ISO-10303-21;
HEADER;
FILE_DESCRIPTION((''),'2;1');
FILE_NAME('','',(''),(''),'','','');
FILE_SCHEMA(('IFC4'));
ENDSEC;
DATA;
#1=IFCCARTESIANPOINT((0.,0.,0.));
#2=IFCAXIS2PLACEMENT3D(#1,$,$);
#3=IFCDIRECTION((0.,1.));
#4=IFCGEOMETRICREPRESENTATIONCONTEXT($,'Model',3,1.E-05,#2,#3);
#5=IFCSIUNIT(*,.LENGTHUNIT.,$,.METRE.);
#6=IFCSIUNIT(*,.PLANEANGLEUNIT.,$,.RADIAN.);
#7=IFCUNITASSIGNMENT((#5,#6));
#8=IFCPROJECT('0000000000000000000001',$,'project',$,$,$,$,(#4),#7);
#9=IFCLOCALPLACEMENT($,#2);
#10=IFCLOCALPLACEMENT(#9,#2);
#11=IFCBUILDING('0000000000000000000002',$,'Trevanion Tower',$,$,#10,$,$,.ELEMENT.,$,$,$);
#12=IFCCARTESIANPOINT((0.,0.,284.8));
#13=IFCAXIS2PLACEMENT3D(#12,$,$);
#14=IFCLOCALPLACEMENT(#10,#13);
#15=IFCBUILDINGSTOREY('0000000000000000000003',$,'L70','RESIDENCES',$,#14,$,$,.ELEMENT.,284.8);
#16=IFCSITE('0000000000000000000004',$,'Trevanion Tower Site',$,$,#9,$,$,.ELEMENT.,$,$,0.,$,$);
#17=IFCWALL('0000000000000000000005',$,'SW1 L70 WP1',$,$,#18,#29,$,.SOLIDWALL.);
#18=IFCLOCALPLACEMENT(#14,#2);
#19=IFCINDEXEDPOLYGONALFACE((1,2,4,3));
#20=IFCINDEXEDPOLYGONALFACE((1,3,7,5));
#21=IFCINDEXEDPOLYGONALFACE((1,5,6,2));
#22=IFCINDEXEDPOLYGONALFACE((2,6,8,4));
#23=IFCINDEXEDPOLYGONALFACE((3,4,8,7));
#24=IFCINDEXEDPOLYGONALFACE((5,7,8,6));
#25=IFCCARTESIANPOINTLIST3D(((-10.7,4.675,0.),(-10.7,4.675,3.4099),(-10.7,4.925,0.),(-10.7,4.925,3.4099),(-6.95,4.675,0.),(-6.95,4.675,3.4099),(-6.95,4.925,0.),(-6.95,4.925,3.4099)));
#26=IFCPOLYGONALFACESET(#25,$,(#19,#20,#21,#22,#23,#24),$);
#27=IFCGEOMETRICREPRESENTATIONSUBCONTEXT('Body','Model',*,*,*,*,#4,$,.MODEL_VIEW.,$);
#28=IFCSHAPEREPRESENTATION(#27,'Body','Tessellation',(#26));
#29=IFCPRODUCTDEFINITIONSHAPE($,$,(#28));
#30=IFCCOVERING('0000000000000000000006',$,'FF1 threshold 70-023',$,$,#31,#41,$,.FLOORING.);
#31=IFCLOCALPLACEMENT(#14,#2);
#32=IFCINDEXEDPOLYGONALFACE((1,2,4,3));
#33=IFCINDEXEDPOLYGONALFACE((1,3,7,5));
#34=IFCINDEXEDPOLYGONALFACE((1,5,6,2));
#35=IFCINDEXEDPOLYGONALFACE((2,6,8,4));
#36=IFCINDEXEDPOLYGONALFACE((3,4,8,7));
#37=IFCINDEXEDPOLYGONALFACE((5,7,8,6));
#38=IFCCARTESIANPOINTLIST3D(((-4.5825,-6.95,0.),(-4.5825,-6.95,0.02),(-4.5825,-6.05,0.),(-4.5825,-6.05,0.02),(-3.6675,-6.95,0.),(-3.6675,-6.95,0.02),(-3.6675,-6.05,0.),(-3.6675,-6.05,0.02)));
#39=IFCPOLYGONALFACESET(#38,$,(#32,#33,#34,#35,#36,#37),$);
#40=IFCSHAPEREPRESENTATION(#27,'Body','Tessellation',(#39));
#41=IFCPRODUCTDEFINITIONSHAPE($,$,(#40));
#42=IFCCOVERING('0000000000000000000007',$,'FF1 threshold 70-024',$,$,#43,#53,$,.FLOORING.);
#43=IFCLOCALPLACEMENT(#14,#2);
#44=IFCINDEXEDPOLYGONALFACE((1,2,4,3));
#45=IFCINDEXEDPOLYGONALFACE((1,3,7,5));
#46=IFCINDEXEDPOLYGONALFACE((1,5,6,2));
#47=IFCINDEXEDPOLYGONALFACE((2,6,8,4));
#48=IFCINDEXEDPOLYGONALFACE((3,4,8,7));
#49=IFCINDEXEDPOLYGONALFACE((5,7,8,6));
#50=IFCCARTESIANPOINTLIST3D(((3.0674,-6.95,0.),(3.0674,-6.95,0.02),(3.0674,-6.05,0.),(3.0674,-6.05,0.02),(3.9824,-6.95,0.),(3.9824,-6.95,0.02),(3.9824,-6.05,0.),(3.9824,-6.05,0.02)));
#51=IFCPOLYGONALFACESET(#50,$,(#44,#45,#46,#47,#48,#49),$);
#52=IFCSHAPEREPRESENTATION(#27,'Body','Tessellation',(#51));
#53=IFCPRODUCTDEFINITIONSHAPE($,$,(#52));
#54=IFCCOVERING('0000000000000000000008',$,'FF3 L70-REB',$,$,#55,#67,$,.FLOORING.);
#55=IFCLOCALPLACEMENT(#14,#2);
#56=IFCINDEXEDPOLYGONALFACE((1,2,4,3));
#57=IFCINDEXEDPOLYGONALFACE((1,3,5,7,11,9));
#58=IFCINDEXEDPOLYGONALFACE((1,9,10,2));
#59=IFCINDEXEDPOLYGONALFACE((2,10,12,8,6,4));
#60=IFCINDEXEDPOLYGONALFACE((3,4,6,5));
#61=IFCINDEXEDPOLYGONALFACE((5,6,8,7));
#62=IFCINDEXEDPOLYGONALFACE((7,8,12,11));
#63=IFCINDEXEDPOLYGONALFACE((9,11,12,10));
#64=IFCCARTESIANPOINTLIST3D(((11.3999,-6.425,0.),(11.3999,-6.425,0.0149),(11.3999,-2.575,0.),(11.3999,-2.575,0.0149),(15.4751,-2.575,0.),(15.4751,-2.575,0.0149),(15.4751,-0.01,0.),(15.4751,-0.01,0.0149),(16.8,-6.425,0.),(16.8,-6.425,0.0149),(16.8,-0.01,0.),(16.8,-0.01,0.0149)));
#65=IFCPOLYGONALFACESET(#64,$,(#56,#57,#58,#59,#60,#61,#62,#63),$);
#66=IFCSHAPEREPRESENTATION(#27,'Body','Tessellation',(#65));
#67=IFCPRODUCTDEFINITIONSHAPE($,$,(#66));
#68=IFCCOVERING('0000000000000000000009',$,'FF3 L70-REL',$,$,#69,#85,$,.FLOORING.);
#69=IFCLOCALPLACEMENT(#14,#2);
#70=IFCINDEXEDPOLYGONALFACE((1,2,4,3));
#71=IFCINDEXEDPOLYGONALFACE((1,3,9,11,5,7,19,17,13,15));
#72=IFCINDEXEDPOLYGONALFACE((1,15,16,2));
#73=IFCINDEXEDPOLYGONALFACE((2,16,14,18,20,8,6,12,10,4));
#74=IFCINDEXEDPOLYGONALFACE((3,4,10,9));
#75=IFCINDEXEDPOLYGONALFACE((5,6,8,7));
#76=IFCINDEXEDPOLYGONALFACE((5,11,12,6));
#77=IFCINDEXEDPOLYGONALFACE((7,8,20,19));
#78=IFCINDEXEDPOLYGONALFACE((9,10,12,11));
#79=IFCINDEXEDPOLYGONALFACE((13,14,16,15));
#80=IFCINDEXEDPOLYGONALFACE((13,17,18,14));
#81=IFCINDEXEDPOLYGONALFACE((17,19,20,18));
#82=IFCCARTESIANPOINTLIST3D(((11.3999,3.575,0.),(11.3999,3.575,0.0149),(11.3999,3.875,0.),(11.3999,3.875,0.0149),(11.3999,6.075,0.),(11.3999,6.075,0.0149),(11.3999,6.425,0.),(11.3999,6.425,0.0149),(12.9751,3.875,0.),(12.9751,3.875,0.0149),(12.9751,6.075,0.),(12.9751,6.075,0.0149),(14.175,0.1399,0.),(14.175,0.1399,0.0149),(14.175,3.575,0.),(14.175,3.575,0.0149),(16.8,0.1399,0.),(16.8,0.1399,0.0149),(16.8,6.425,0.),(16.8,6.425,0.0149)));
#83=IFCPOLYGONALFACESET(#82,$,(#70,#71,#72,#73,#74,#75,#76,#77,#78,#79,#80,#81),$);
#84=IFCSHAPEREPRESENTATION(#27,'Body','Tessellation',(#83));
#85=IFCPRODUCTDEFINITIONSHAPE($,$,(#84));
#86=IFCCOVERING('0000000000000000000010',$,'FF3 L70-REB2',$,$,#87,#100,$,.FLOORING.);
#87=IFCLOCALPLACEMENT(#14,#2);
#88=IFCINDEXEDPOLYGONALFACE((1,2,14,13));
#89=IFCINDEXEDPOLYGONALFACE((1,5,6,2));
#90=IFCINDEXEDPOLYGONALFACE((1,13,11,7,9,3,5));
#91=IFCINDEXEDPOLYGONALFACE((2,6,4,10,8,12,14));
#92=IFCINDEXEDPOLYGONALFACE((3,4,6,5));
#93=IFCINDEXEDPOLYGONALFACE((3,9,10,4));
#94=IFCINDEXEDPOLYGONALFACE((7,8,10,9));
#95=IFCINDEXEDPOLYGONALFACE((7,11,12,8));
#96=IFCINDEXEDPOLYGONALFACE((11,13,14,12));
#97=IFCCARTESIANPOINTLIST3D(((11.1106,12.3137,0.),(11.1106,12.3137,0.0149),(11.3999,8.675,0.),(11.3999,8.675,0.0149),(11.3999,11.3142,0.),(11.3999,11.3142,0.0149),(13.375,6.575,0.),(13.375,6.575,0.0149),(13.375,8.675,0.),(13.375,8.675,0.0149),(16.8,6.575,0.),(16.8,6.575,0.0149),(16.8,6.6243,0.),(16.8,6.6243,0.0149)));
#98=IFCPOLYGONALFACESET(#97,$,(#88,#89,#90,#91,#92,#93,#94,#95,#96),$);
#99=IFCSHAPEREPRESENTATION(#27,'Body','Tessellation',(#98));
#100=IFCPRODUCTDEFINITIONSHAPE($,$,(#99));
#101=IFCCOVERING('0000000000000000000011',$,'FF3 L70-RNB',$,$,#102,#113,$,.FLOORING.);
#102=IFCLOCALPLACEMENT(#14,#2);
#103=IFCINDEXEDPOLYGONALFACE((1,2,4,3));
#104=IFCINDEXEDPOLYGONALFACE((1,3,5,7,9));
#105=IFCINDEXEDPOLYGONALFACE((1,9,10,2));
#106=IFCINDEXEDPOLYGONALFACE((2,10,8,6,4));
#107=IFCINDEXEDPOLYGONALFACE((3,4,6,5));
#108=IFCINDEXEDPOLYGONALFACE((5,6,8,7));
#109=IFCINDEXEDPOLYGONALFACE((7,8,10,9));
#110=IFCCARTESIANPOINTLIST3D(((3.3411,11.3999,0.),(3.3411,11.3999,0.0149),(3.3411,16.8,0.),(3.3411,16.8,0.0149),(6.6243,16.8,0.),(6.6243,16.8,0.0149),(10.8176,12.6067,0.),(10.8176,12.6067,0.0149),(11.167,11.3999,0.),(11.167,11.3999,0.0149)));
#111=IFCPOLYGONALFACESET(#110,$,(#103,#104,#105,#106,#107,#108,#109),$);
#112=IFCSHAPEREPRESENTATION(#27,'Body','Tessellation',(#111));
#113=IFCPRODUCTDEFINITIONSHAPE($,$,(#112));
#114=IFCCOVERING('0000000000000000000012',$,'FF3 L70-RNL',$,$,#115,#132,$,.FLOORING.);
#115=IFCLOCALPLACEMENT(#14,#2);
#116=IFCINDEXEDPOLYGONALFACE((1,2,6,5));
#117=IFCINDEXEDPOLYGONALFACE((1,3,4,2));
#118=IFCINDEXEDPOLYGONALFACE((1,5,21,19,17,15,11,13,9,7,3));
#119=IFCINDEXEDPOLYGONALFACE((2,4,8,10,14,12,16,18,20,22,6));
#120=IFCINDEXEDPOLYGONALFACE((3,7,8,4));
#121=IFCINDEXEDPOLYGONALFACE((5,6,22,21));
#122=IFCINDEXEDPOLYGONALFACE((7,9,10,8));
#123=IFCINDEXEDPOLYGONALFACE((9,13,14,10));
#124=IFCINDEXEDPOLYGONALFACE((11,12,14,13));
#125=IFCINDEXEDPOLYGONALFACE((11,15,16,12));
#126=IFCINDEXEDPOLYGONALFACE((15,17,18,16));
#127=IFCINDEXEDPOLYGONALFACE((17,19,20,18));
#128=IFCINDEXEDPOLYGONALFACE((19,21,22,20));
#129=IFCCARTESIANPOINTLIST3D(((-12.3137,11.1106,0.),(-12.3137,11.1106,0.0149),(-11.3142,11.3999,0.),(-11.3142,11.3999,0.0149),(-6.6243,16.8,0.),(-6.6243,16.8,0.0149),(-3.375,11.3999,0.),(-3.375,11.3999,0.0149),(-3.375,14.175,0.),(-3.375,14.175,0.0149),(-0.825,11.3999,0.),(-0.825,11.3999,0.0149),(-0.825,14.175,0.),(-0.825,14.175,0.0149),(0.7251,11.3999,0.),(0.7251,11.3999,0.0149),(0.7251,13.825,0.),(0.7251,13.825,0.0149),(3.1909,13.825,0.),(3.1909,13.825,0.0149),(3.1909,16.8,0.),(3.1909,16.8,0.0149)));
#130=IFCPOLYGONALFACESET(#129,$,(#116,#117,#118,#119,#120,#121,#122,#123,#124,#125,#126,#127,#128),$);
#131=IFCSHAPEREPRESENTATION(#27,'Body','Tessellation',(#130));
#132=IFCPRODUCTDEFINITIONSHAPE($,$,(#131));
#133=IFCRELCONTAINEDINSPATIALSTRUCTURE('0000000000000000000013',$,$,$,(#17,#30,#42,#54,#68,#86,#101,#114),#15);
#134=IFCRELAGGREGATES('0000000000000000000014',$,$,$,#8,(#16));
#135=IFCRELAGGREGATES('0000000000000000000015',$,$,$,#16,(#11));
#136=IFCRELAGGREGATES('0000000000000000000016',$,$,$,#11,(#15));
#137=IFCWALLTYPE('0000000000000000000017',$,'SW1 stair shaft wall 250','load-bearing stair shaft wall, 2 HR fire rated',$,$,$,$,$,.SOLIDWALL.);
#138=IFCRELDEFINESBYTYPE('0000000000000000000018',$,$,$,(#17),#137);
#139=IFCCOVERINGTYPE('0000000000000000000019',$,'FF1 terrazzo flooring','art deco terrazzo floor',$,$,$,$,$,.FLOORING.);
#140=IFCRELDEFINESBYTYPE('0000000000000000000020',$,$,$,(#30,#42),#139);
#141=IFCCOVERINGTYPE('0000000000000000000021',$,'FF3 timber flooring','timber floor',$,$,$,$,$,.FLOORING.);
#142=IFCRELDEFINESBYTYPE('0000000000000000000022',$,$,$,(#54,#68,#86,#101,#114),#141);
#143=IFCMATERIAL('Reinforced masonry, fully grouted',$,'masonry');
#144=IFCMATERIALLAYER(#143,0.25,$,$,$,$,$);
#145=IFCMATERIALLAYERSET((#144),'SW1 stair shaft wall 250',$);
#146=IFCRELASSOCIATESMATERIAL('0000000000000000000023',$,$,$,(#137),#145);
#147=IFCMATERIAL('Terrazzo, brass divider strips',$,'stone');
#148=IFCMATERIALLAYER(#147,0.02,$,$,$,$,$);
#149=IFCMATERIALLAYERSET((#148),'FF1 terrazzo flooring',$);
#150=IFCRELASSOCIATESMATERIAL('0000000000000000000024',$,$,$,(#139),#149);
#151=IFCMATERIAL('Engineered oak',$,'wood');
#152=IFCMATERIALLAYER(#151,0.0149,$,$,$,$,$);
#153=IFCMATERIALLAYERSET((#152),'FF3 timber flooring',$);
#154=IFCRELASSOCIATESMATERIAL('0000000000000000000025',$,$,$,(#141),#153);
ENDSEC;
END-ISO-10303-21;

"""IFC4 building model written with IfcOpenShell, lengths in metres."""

from ifc_helpers import new_model, si_unit, direction, frame, frame_2d, origin, place, context, subcontext, project, spatial, polyline, rectangle, outline, extrude, material, layer, layer_set, type_object, element, save


model = new_model("IFC4")

# Units and contexts
model_context = context("Model", 3, precision=1e-05, world=origin(), true_north=direction((0.0, 1.0)))
body_context = subcontext(model_context, "Body", "Model", "MODEL_VIEW")
ifc_project = project(units=[si_unit("LENGTHUNIT", "METRE"), si_unit("PLANEANGLEUNIT", "RADIAN")], contexts=[model_context])

# Site, building, storey
site_placement = place(None, origin())
site = spatial("IfcSite", under=ifc_project, at=site_placement, Name="Trevanion Tower Site", CompositionType="ELEMENT", RefElevation=0.0)
building_placement = place(site_placement, origin())
building = spatial("IfcBuilding", under=site, at=building_placement, Name="Trevanion Tower", CompositionType="ELEMENT")
storey_placement = place(building_placement, frame((0.0, 0.0, 284.8)))
storey = spatial("IfcBuildingStorey", under=building, at=storey_placement, Name="L70", Description="RESIDENCES", CompositionType="ELEMENT", Elevation=284.8)

# Wall
ifc_material_1 = material(Name="Reinforced masonry, fully grouted", Category="masonry")
ifc_layer_1 = layer(ifc_material_1, 0.25)
ifc_layer_set_1 = layer_set([ifc_layer_1], Name="SW1 stair shaft wall 250")
wall_type_1 = type_object("IfcWallType", Name="SW1 stair shaft wall 250", Description="load-bearing stair shaft wall, 2 HR fire rated", PredefinedType="SOLIDWALL", material=ifc_layer_set_1)
wall_1_placement = place(storey_placement, frame((-6.95, 4.8, 0.0), z_axis=(0.0, 0.0, 1.0), x_axis=(-1.0, 0.0, 0.0)))
element("IfcWall", 1, at=wall_1_placement, inside=storey, type_object=wall_type_1, Name="SW1 L70 WP1", PredefinedType="SOLIDWALL", context=body_context, shape_type="SweptSolid", body=[
    extrude(rectangle(XDim=3.75, YDim=0.25, at=frame_2d((1.875, 0.0))), origin(), (0.0, 0.0, 1.0), 3.4099),
])

# Coverings
ifc_material_2 = material(Name="Terrazzo, brass divider strips", Category="stone")
ifc_layer_2 = layer(ifc_material_2, 0.02)
ifc_layer_set_2 = layer_set([ifc_layer_2], Name="FF1 terrazzo flooring")
covering_type_1 = type_object("IfcCoveringType", Name="FF1 terrazzo flooring", Description="art deco terrazzo floor", PredefinedType="FLOORING", material=ifc_layer_set_2)
covering_1_placement = place(storey_placement, origin())
element("IfcCovering", 2, at=covering_1_placement, inside=storey, type_object=covering_type_1, Name="FF1 threshold 70-023", PredefinedType="FLOORING", context=body_context, shape_type="SweptSolid", body=[
    extrude(outline(polyline([(-4.5825, -6.95), (-3.6675, -6.95), (-3.6675, -6.05), (-4.5825, -6.05), (-4.5825, -6.95)])), origin(), (0.0, 0.0, 1.0), 0.02),
])
covering_2_placement = place(storey_placement, origin())
element("IfcCovering", 3, at=covering_2_placement, inside=storey, type_object=covering_type_1, Name="FF1 threshold 70-024", PredefinedType="FLOORING", context=body_context, shape_type="SweptSolid", body=[
    extrude(outline(polyline([(3.0674, -6.95), (3.9824, -6.95), (3.9824, -6.05), (3.0674, -6.05), (3.0674, -6.95)])), origin(), (0.0, 0.0, 1.0), 0.02),
])
ifc_material_3 = material(Name="Engineered oak", Category="wood")
ifc_layer_3 = layer(ifc_material_3, 0.0149)
ifc_layer_set_3 = layer_set([ifc_layer_3], Name="FF3 timber flooring")
covering_type_2 = type_object("IfcCoveringType", Name="FF3 timber flooring", Description="timber floor", PredefinedType="FLOORING", material=ifc_layer_set_3)
covering_3_placement = place(storey_placement, origin())
element("IfcCovering", 4, at=covering_3_placement, inside=storey, type_object=covering_type_2, Name="FF3 L70-REB", PredefinedType="FLOORING", context=body_context, shape_type="SweptSolid", body=[
    extrude(outline(polyline([(11.3999, -6.425), (11.3999, -2.575), (15.4751, -2.575), (15.4751, -0.01), (16.8, -0.01), (16.8, -6.425), (11.3999, -6.425)])), origin(), (0.0, 0.0, 1.0), 0.0149),
])
covering_4_placement = place(storey_placement, origin())
element("IfcCovering", 5, at=covering_4_placement, inside=storey, type_object=covering_type_2, Name="FF3 L70-REL", PredefinedType="FLOORING", context=body_context, shape_type="SweptSolid", body=[
    extrude(outline(polyline([(14.175, 0.1399), (14.175, 3.575), (11.3999, 3.575), (11.3999, 3.875), (12.9751, 3.875), (12.9751, 6.075), (11.3999, 6.075), (11.3999, 6.425), (16.8, 6.425), (16.8, 0.1399), (14.175, 0.1399)])), origin(), (0.0, 0.0, 1.0), 0.0149),
])
covering_5_placement = place(storey_placement, origin())
element("IfcCovering", 6, at=covering_5_placement, inside=storey, type_object=covering_type_2, Name="FF3 L70-REB2", PredefinedType="FLOORING", context=body_context, shape_type="SweptSolid", body=[
    extrude(outline(polyline([(13.375, 6.575), (13.375, 8.675), (11.3999, 8.675), (11.3999, 11.3142), (11.1106, 12.3137), (16.8, 6.6243), (16.8, 6.575), (13.375, 6.575)])), origin(), (0.0, 0.0, 1.0), 0.0149),
])
covering_6_placement = place(storey_placement, origin())
element("IfcCovering", 7, at=covering_6_placement, inside=storey, type_object=covering_type_2, Name="FF3 L70-RNB", PredefinedType="FLOORING", context=body_context, shape_type="SweptSolid", body=[
    extrude(outline(polyline([(10.8176, 12.6067), (11.167, 11.3999), (3.3411, 11.3999), (3.3411, 16.8), (6.6243, 16.8), (10.8176, 12.6067)])), origin(), (0.0, 0.0, 1.0), 0.0149),
])
covering_7_placement = place(storey_placement, origin())
element("IfcCovering", 8, at=covering_7_placement, inside=storey, type_object=covering_type_2, Name="FF3 L70-RNL", PredefinedType="FLOORING", context=body_context, shape_type="SweptSolid", body=[
    extrude(outline(polyline([(3.1909, 13.825), (0.7251, 13.825), (0.7251, 11.3999), (-0.825, 11.3999), (-0.825, 14.175), (-3.375, 14.175), (-3.375, 11.3999), (-11.3142, 11.3999), (-12.3137, 11.1106), (-6.6243, 16.8), (3.1909, 16.8), (3.1909, 13.825)])), origin(), (0.0, 0.0, 1.0), 0.0149),
])

save(model, "model.ifc")
